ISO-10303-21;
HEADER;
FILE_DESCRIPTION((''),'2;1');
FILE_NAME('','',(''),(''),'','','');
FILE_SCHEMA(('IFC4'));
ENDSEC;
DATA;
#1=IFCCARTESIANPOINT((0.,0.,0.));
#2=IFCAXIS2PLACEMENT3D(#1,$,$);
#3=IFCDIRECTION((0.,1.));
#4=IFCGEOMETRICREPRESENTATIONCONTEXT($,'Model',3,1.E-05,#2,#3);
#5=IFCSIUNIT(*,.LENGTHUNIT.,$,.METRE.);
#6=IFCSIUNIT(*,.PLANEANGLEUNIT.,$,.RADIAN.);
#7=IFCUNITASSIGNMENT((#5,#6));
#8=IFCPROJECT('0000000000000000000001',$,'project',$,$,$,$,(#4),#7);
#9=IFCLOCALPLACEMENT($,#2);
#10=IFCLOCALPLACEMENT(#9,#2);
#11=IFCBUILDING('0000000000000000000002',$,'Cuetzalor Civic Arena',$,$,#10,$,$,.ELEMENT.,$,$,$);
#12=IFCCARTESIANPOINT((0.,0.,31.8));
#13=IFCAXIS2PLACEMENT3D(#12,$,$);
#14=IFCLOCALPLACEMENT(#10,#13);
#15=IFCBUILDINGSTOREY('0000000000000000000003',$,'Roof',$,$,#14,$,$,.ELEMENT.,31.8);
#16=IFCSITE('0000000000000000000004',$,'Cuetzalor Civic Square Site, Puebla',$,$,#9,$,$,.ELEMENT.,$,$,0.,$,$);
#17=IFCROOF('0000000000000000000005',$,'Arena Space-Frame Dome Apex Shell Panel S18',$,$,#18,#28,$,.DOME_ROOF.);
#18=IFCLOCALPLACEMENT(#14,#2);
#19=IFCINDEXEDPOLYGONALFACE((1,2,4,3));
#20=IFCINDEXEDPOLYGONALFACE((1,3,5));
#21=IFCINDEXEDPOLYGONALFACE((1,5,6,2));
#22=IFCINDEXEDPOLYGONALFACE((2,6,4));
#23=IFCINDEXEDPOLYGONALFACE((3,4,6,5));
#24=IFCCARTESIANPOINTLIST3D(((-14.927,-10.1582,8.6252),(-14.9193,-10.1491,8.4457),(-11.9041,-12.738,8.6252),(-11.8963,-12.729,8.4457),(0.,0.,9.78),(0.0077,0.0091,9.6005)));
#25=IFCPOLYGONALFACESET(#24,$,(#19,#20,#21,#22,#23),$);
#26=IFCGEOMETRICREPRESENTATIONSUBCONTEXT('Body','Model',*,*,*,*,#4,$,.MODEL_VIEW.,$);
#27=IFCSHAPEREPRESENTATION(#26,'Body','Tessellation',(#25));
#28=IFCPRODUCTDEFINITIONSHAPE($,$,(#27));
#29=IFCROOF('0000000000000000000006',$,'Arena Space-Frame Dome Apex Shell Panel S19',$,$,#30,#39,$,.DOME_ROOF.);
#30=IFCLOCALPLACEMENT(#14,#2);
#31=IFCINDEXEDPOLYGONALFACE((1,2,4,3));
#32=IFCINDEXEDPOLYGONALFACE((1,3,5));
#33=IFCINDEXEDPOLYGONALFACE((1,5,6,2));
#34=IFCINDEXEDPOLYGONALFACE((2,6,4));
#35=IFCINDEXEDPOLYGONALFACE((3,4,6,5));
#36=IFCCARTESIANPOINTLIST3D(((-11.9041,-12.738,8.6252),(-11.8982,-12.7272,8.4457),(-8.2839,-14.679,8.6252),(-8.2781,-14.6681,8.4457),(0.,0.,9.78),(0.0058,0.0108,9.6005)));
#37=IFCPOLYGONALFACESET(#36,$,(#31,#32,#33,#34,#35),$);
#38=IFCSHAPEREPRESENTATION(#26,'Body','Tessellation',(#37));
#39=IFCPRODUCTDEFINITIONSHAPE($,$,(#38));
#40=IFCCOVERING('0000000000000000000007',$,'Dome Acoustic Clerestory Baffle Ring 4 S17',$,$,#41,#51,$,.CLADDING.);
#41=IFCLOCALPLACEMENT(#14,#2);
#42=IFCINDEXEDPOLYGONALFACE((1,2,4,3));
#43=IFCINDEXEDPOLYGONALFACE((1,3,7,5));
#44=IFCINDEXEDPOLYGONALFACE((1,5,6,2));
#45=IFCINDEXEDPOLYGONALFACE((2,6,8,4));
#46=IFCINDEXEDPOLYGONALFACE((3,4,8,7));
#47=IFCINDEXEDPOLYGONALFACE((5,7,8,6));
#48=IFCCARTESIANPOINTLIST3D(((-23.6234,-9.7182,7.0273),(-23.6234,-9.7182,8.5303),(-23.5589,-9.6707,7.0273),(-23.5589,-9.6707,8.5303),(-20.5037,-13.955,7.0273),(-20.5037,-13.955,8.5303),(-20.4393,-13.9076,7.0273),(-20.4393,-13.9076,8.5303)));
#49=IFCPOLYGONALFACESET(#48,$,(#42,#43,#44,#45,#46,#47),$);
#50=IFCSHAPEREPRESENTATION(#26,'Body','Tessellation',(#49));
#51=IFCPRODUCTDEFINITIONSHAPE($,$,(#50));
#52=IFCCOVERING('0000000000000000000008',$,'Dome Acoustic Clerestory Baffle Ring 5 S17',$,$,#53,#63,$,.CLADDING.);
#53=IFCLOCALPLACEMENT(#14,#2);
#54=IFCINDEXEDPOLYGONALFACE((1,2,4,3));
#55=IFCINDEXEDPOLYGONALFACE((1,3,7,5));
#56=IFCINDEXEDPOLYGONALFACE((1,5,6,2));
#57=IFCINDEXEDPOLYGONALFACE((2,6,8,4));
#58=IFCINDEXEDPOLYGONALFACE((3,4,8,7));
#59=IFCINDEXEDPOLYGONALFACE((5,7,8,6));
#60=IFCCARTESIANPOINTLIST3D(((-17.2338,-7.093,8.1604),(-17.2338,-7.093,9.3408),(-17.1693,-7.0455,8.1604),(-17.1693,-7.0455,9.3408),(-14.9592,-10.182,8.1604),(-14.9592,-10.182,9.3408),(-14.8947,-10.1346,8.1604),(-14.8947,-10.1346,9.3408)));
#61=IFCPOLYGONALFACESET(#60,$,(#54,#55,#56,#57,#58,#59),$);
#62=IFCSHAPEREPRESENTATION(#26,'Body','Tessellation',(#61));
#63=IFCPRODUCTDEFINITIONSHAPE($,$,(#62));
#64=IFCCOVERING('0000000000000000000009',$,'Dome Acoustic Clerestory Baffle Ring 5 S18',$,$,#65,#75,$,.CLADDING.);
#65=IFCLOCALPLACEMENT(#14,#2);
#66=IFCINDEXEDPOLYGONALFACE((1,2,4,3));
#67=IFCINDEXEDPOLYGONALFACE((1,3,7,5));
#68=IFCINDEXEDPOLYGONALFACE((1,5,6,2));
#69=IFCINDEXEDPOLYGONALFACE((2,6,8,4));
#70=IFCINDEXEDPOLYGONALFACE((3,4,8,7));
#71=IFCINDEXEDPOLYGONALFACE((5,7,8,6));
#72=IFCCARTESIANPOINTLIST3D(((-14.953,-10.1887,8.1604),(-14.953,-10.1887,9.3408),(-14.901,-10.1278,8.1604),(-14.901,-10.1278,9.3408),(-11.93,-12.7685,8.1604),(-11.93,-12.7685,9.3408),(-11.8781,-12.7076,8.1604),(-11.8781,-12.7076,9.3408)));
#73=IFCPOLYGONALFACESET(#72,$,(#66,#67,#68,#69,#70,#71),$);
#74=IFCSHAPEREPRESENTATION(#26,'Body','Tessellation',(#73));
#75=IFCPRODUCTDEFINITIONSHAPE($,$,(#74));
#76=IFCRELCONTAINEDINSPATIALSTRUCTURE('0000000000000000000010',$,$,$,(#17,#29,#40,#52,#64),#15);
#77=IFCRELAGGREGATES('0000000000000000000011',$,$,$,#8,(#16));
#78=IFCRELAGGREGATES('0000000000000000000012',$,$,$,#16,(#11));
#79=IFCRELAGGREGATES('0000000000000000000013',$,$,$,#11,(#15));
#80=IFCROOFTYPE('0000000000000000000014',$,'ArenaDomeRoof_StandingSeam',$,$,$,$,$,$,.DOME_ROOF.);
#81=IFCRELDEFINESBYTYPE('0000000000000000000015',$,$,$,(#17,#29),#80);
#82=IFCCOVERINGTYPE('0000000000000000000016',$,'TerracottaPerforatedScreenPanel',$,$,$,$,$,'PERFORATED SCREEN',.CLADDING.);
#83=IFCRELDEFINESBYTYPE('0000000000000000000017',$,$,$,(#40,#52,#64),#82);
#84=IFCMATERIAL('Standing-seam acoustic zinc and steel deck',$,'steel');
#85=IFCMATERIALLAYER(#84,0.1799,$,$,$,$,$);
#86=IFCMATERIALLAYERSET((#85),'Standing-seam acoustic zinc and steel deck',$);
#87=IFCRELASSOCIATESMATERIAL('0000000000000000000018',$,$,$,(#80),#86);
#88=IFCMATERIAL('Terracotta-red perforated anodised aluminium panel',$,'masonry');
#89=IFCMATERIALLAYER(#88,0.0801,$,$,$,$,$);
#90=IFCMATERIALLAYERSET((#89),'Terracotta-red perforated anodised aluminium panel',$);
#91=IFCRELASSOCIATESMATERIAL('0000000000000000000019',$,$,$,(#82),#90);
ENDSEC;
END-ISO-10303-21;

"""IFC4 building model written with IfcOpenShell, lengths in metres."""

from ifc_helpers import new_model, si_unit, direction, frame, frame_2d, origin, place, context, subcontext, project, spatial, polyline, rectangle, outline, extrude, material, layer, layer_set, type_object, element, save


model = new_model("IFC4")

# Units and contexts
model_context = context("Model", 3, precision=1e-05, world=origin(), true_north=direction((0.0, 1.0)))
body_context = subcontext(model_context, "Body", "Model", "MODEL_VIEW")
ifc_project = project(units=[si_unit("LENGTHUNIT", "METRE"), si_unit("PLANEANGLEUNIT", "RADIAN")], contexts=[model_context])

# Site, building, storey
site_placement = place(None, origin())
site = spatial("IfcSite", under=ifc_project, at=site_placement, Name="Cuetzalor Civic Square Site, Puebla", CompositionType="ELEMENT", RefElevation=0.0)
building_placement = place(site_placement, origin())
building = spatial("IfcBuilding", under=site, at=building_placement, Name="Cuetzalor Civic Arena", CompositionType="ELEMENT")
storey_placement = place(building_placement, frame((0.0, 0.0, 31.8)))
storey = spatial("IfcBuildingStorey", under=building, at=storey_placement, Name="Roof", CompositionType="ELEMENT", Elevation=31.8)

# Roofs
ifc_material_1 = material(Name="Standing-seam acoustic zinc and steel deck", Category="steel")
ifc_layer_1 = layer(ifc_material_1, 0.1799)
ifc_layer_set_1 = layer_set([ifc_layer_1], Name="Standing-seam acoustic zinc and steel deck")
roof_type = type_object("IfcRoofType", Name="ArenaDomeRoof_StandingSeam", PredefinedType="DOME_ROOF", material=ifc_layer_set_1)
roof_1_placement = place(storey_placement, frame((-14.927, -10.1582, 8.6252), z_axis=(-0.042947, -0.050323, 0.997809), x_axis=(0.760656, -0.649156, 0.0)))
element("IfcRoof", 1, at=roof_1_placement, inside=storey, type_object=roof_type, Name="Arena Space-Frame Dome Apex Shell Panel S18", PredefinedType="DOME_ROOF", context=body_context, shape_type="SweptSolid", body=[
    extrude(outline(polyline([(0.0, 0.0), (3.9741, 0.0), (4.7601, 17.4551), (0.0, 0.0)])), origin(), (0.0, 0.0, -1.0), 0.1799),
])
roof_2_placement = place(storey_placement, frame((-11.9041, -12.738, 8.6252), z_axis=(-0.032305, -0.060254, 0.99766), x_axis=(0.881321, -0.472518, 0.0)))
element("IfcRoof", 2, at=roof_2_placement, inside=storey, type_object=roof_type, Name="Arena Space-Frame Dome Apex Shell Panel S19", PredefinedType="DOME_ROOF", context=body_context, shape_type="SweptSolid", body=[
    extrude(outline(polyline([(0.0, 0.0), (4.1076, 0.0), (4.4723, 16.8907), (0.0, 0.0)])), origin(), (0.0, 0.0, -1.0), 0.1799),
])

# Coverings
ifc_material_2 = material(Name="Terracotta-red perforated anodised aluminium panel", Category="masonry")
ifc_layer_2 = layer(ifc_material_2, 0.0801)
ifc_layer_set_2 = layer_set([ifc_layer_2], Name="Terracotta-red perforated anodised aluminium panel")
covering_type = type_object("IfcCoveringType", Name="TerracottaPerforatedScreenPanel", ElementType="PERFORATED SCREEN", PredefinedType="CLADDING", material=ifc_layer_set_2)
covering_1_placement = place(storey_placement, frame((-20.4714, -13.9314, 7.0273), z_axis=(0.0, 0.0, 1.0), x_axis=(-0.592924, 0.805259, 0.0)))
element("IfcCovering", 3, at=covering_1_placement, inside=storey, type_object=covering_type, Name="Dome Acoustic Clerestory Baffle Ring 4 S17", PredefinedType="CLADDING", context=body_context, shape_type="SweptSolid", body=[
    extrude(rectangle(XDim=5.2615, YDim=0.0801, at=frame_2d((2.6309, 0.0))), origin(), (0.0, 0.0, 1.0), 1.5029),
])
covering_2_placement = place(storey_placement, frame((-14.927, -10.1582, 8.1604), z_axis=(0.0, 0.0, 1.0), x_axis=(-0.592941, 0.805246, 0.0)))
element("IfcCovering", 4, at=covering_2_placement, inside=storey, type_object=covering_type, Name="Dome Acoustic Clerestory Baffle Ring 5 S17", PredefinedType="CLADDING", context=body_context, shape_type="SweptSolid", body=[
    extrude(rectangle(XDim=3.8362, YDim=0.0801, at=frame_2d((1.918, 0.0))), origin(), (0.0, 0.0, 1.0), 1.1804),
])
covering_3_placement = place(storey_placement, frame((-11.9041, -12.738, 8.1604), z_axis=(0.0, 0.0, 1.0), x_axis=(-0.760656, 0.649156, 0.0)))
element("IfcCovering", 5, at=covering_3_placement, inside=storey, type_object=covering_type, Name="Dome Acoustic Clerestory Baffle Ring 5 S18", PredefinedType="CLADDING", context=body_context, shape_type="SweptSolid", body=[
    extrude(rectangle(XDim=3.9741, YDim=0.0801, at=frame_2d((1.9871, 0.0))), origin(), (0.0, 0.0, 1.0), 1.1804),
])

save(model, "model.ifc")
